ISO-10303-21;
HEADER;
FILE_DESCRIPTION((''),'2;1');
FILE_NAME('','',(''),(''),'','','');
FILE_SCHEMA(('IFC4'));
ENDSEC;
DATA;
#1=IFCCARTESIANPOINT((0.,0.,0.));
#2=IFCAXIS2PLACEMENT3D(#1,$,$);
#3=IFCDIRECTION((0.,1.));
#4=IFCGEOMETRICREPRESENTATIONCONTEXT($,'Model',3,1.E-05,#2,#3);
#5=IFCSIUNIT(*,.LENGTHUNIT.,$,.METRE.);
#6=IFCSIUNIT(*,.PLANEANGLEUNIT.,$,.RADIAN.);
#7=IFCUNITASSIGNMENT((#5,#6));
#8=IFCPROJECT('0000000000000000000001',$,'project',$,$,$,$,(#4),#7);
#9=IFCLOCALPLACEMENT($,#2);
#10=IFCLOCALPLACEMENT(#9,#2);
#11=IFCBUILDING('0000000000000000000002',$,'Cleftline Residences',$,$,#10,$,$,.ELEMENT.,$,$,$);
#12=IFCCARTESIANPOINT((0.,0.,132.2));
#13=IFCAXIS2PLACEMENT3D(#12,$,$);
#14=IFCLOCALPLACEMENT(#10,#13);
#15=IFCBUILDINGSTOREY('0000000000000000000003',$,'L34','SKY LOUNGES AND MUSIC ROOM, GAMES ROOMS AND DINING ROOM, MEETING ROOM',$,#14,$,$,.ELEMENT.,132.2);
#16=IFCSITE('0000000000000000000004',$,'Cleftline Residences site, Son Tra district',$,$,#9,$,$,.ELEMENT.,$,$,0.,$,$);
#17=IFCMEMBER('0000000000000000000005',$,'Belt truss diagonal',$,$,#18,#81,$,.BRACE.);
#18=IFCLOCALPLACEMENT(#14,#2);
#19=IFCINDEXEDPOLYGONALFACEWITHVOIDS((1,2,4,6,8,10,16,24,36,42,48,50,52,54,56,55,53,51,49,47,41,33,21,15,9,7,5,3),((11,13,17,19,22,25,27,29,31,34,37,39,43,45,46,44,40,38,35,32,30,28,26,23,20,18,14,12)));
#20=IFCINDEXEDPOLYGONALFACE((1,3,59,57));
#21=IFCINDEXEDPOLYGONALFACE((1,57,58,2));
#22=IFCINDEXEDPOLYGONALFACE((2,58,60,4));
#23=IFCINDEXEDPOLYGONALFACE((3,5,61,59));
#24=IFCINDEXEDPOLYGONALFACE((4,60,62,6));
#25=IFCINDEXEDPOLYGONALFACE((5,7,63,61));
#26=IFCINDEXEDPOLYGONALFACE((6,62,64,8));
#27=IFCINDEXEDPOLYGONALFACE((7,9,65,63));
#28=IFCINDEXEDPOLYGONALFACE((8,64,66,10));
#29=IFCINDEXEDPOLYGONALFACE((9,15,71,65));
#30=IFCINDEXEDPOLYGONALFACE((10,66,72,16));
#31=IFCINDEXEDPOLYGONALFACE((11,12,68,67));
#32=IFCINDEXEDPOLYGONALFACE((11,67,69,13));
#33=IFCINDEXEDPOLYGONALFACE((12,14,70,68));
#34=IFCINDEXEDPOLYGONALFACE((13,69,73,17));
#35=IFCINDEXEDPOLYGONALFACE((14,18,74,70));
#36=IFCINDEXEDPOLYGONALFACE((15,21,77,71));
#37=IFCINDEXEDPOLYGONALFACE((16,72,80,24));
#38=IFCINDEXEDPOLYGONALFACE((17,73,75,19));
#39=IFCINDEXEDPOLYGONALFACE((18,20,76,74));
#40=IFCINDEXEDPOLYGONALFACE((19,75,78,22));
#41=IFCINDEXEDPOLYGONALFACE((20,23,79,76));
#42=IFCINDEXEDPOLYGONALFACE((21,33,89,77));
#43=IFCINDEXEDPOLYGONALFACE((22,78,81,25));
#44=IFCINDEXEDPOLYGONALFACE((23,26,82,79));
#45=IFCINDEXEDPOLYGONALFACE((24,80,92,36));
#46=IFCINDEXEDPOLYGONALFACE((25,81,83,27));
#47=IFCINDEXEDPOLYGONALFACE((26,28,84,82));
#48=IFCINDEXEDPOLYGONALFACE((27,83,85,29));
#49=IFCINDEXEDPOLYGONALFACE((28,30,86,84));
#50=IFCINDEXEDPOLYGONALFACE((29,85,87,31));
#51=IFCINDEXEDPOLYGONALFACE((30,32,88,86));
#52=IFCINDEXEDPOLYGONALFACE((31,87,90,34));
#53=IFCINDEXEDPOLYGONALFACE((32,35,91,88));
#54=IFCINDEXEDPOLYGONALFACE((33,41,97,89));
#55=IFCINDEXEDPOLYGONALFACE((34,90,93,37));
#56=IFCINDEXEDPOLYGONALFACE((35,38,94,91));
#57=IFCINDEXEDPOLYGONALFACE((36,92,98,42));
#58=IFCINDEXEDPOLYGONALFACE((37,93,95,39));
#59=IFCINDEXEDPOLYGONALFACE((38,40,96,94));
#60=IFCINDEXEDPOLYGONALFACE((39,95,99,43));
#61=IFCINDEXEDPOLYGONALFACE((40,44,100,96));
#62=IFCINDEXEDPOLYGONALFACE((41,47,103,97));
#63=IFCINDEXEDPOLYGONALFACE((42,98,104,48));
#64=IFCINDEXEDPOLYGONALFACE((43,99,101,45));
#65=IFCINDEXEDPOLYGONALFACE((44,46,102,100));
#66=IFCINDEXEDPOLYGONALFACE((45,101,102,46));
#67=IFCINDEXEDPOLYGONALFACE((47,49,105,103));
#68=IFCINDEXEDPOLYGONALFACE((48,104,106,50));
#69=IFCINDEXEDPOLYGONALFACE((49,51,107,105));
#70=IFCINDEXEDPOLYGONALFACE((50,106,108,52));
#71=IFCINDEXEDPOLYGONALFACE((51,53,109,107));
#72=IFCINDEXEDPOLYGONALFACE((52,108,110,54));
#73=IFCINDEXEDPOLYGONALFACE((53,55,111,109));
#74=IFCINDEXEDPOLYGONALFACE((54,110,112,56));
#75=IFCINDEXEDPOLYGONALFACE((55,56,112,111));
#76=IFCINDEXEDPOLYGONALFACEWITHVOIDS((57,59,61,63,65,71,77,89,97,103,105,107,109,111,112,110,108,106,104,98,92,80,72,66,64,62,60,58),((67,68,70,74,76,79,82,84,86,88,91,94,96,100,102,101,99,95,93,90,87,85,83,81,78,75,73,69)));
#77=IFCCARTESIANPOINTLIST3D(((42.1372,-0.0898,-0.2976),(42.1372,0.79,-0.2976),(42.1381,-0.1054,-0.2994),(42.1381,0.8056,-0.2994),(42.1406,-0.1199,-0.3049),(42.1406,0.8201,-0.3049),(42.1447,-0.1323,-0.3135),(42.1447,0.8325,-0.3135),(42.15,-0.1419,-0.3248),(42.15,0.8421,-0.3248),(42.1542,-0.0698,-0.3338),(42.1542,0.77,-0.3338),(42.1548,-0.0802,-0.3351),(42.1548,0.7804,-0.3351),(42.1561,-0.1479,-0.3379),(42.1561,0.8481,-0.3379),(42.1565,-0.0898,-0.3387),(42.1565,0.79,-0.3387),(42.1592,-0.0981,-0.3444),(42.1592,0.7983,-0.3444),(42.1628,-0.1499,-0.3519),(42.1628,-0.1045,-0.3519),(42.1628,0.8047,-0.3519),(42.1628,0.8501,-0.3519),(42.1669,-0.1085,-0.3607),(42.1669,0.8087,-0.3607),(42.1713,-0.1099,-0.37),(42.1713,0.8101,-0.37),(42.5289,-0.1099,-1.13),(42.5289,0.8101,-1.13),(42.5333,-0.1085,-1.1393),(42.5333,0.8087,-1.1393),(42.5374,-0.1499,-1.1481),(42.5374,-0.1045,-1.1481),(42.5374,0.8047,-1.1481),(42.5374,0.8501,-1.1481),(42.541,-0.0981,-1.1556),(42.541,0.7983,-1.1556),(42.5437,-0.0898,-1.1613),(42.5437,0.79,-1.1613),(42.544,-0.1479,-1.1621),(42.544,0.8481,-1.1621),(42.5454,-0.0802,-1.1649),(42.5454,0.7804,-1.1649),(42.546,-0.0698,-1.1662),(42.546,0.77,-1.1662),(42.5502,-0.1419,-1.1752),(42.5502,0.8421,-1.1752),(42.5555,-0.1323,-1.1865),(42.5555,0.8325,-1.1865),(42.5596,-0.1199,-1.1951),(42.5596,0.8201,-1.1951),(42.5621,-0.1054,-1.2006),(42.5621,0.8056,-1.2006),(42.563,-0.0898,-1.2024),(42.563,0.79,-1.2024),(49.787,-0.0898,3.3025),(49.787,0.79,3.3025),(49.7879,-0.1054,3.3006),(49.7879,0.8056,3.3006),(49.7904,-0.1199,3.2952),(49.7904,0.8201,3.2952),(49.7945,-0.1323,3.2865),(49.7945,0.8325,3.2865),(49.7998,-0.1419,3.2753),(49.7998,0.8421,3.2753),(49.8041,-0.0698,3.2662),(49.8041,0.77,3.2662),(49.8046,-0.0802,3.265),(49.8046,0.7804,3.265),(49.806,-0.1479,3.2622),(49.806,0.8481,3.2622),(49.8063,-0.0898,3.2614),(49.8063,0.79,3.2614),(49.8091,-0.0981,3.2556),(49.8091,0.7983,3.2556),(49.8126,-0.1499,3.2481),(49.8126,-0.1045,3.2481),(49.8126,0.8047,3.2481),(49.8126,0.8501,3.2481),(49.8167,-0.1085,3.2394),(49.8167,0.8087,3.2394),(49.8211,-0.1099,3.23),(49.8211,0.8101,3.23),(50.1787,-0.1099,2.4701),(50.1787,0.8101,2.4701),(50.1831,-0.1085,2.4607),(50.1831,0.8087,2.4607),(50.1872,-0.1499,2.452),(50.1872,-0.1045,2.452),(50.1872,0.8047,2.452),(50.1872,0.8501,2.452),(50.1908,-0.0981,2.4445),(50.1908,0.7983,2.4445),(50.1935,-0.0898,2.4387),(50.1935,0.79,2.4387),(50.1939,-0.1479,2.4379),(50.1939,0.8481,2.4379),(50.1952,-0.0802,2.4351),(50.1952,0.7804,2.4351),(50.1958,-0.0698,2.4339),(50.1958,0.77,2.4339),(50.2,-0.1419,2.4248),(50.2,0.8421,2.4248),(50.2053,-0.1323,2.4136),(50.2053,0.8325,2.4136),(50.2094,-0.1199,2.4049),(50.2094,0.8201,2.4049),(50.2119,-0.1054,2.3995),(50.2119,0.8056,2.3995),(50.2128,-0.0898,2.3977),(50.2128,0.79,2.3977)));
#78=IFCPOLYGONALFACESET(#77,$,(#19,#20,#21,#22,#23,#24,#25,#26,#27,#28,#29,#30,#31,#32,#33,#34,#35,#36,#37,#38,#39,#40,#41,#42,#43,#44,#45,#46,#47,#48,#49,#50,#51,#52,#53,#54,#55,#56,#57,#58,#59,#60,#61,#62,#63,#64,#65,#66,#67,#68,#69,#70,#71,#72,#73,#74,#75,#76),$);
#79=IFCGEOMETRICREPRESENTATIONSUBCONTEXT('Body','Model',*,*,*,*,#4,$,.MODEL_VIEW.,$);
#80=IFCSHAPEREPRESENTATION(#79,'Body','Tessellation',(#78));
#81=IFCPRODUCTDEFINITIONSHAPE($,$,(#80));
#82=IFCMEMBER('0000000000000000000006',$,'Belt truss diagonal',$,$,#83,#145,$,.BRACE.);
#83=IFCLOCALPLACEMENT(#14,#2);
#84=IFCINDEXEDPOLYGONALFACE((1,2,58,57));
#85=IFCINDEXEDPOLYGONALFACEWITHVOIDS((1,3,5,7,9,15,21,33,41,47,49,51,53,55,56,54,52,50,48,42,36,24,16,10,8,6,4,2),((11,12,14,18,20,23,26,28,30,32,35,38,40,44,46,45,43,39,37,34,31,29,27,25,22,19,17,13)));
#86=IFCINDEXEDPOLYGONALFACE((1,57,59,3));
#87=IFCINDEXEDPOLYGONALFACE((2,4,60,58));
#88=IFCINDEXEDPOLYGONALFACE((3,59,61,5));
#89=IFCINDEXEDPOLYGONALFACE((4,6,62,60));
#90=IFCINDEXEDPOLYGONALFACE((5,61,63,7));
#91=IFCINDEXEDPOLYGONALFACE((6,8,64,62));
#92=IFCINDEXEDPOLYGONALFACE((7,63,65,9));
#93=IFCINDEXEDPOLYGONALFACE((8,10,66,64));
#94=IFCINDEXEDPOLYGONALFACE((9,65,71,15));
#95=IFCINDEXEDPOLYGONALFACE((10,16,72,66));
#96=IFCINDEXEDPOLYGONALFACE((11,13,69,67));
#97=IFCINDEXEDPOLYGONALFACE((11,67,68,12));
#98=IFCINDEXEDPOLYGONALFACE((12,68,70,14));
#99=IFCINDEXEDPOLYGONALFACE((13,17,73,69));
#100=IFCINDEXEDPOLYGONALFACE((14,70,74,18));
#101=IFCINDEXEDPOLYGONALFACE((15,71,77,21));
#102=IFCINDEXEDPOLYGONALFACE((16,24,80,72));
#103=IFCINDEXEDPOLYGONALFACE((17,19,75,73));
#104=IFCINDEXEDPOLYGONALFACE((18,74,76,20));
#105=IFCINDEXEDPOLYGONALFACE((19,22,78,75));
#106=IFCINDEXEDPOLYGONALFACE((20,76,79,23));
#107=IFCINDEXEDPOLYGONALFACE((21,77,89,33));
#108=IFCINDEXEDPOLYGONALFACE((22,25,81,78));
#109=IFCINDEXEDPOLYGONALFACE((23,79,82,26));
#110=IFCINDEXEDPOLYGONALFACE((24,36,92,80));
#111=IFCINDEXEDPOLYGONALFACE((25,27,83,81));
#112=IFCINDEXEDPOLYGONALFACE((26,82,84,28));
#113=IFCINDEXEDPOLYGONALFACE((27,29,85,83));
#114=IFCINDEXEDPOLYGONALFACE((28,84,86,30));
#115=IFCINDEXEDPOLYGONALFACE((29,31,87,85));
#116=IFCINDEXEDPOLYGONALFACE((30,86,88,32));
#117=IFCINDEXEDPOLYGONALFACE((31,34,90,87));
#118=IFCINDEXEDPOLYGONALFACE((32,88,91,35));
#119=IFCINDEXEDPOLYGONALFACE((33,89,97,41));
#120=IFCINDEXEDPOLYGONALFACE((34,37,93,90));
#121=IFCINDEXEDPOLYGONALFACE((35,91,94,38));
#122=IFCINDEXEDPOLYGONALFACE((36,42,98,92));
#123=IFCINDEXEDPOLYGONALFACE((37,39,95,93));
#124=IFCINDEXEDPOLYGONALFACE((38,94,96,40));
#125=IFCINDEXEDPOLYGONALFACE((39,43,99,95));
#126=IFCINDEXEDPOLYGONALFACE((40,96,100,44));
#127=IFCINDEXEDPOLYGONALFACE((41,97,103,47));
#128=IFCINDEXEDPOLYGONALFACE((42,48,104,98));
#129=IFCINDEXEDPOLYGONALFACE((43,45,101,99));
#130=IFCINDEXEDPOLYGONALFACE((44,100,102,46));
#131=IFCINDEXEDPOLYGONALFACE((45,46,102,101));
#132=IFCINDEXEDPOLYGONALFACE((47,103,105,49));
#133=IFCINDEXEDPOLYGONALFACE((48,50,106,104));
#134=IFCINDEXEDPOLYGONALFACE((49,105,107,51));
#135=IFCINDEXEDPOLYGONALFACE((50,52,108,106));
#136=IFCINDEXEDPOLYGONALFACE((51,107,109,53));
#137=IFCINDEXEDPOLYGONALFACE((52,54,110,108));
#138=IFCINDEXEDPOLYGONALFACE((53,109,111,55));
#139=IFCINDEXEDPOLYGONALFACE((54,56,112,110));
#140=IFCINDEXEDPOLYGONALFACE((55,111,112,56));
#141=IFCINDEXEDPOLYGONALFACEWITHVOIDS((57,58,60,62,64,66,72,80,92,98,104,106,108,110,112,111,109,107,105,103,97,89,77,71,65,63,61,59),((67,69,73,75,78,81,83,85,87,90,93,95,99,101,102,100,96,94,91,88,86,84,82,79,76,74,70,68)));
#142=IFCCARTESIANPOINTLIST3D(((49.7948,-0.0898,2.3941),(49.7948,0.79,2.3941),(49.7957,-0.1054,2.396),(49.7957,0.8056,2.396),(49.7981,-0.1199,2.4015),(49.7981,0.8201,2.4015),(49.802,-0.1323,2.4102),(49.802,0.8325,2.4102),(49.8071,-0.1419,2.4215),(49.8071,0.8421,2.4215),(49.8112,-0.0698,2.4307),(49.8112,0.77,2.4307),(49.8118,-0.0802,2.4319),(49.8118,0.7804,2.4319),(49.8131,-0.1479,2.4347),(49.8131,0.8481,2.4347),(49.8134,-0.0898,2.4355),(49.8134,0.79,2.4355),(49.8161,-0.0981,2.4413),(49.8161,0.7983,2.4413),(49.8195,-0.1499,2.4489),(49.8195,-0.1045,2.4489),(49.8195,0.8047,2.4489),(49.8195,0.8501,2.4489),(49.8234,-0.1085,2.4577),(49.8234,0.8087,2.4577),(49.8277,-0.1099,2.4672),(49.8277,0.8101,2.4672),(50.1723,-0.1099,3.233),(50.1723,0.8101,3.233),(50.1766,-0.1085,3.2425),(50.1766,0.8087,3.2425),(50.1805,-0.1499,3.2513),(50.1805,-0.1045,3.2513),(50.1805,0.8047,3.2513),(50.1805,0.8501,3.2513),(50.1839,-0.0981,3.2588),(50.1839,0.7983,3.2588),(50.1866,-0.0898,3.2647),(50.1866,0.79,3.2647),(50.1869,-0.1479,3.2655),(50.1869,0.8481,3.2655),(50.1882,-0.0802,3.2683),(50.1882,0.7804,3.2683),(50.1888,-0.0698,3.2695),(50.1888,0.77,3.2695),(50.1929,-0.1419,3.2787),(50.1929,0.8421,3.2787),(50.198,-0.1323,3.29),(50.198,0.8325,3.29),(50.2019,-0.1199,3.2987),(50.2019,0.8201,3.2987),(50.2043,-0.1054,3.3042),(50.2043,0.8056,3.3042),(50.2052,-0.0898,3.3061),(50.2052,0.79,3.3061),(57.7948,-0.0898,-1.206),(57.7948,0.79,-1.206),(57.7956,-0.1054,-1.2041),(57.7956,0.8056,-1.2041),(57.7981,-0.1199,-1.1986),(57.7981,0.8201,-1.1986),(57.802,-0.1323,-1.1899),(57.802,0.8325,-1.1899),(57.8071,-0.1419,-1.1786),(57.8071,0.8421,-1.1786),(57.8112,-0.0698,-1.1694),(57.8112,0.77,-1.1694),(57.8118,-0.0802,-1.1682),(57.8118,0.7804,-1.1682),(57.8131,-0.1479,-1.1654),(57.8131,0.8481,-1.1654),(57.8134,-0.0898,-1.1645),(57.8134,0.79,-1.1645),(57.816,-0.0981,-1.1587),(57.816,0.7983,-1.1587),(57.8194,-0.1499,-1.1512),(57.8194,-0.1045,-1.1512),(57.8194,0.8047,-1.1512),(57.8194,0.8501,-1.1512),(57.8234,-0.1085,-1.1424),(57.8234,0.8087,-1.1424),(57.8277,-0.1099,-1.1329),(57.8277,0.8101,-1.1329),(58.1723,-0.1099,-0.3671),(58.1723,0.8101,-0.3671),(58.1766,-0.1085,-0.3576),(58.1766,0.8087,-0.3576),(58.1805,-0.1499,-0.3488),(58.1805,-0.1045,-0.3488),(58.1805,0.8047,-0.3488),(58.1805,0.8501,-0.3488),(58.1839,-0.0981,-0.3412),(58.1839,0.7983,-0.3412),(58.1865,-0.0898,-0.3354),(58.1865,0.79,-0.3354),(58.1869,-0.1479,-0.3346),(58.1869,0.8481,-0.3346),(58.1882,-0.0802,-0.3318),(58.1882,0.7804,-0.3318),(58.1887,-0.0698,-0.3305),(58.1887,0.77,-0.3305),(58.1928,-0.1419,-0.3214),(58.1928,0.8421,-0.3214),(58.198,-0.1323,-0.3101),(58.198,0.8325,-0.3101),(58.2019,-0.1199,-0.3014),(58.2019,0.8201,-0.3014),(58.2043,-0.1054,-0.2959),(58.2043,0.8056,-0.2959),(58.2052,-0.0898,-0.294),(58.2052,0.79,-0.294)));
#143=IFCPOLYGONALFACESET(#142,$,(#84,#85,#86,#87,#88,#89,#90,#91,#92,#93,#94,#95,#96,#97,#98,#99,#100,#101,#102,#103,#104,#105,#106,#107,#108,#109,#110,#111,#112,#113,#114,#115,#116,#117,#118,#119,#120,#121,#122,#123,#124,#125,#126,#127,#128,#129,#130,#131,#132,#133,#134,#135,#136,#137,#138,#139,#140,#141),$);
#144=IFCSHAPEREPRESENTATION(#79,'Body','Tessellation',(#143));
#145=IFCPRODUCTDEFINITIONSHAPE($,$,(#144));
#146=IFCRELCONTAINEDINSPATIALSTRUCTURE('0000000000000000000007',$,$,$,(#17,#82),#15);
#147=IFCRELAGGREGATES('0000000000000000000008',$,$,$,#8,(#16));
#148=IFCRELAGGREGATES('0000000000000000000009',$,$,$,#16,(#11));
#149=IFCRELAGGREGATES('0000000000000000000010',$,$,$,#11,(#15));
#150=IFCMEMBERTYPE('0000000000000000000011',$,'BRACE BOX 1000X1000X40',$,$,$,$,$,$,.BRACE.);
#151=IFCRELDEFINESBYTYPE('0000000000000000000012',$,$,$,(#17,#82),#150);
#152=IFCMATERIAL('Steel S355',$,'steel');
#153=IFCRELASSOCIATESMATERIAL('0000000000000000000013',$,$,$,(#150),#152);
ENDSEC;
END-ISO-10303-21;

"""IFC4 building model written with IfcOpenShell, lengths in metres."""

from ifc_helpers import new_model, si_unit, direction, frame, origin, origin_2d, place, context, subcontext, project, spatial, hollow_rectangle, extrude, material, material_profile, profile_set, type_object, element, save


model = new_model("IFC4")

# Units and contexts
model_context = context("Model", 3, precision=1e-05, world=origin(), true_north=direction((0.0, 1.0)))
body_context = subcontext(model_context, "Body", "Model", "MODEL_VIEW")
ifc_project = project(units=[si_unit("LENGTHUNIT", "METRE"), si_unit("PLANEANGLEUNIT", "RADIAN")], contexts=[model_context])

# Site, building, storey
site_placement = place(None, origin())
site = spatial("IfcSite", under=ifc_project, at=site_placement, Name="Cleftline Residences site, Son Tra district", CompositionType="ELEMENT", RefElevation=0.0)
building_placement = place(site_placement, origin())
building = spatial("IfcBuilding", under=site, at=building_placement, Name="Cleftline Residences", CompositionType="ELEMENT")
storey_placement = place(building_placement, frame((0.0, 0.0, 132.2)))
storey = spatial("IfcBuildingStorey", under=building, at=storey_placement, Name="L34", Description="SKY LOUNGES AND MUSIC ROOM, GAMES ROOMS AND DINING ROOM, MEETING ROOM", CompositionType="ELEMENT", Elevation=132.2)

# Members
ifc_material_1 = material(Name="Steel S355", Category="steel")
ifc_material_profile_1 = material_profile(ifc_material_1, hollow_rectangle(XDim=1.0, YDim=1.0, WallThickness=0.04, InnerFilletRadius=0.04, OuterFilletRadius=0.0601, at=origin_2d()))
ifc_profile_set_1 = profile_set([ifc_material_profile_1], Name="Steel S355")
member_type_1 = type_object("IfcMemberType", Name="BRACE BOX 1000X1000X40", PredefinedType="BRACE", material=ifc_profile_set_1)
for number, where, z_axis, x_axis, name in (
    (1, (42.3501, 0.3501, -0.75), (0.904812, 0.0, 0.425811), (-0.425811, 0.0, 0.904812), "Belt truss diagonal"),
):
    element("IfcMember", number, at=place(storey_placement, frame(where, z_axis=z_axis, x_axis=x_axis)), inside=storey, type_object=member_type_1, Name=name, PredefinedType="BRACE", context=body_context, shape_type="SweptSolid", body=[
        extrude(hollow_rectangle(XDim=1.0, YDim=1.0, WallThickness=0.04, InnerFilletRadius=0.04, OuterFilletRadius=0.0601, at=origin_2d()), origin(), (0.0, 0.0, 1.0), 8.4546),
    ])
member_1_placement = place(storey_placement, frame((50.0, 0.3501, 2.8501), z_axis=(0.911917, 0.0, -0.410374), x_axis=(0.410374, 0.0, 0.911917)))
element("IfcMember", 2, at=member_1_placement, inside=storey, type_object=member_type_1, Name="Belt truss diagonal", PredefinedType="BRACE", context=body_context, shape_type="SweptSolid", body=[
    extrude(hollow_rectangle(XDim=1.0, YDim=1.0, WallThickness=0.04, InnerFilletRadius=0.04, OuterFilletRadius=0.0601, at=origin_2d()), origin(), (0.0, 0.0, 1.0), 8.7727),
])

save(model, "model.ifc")
